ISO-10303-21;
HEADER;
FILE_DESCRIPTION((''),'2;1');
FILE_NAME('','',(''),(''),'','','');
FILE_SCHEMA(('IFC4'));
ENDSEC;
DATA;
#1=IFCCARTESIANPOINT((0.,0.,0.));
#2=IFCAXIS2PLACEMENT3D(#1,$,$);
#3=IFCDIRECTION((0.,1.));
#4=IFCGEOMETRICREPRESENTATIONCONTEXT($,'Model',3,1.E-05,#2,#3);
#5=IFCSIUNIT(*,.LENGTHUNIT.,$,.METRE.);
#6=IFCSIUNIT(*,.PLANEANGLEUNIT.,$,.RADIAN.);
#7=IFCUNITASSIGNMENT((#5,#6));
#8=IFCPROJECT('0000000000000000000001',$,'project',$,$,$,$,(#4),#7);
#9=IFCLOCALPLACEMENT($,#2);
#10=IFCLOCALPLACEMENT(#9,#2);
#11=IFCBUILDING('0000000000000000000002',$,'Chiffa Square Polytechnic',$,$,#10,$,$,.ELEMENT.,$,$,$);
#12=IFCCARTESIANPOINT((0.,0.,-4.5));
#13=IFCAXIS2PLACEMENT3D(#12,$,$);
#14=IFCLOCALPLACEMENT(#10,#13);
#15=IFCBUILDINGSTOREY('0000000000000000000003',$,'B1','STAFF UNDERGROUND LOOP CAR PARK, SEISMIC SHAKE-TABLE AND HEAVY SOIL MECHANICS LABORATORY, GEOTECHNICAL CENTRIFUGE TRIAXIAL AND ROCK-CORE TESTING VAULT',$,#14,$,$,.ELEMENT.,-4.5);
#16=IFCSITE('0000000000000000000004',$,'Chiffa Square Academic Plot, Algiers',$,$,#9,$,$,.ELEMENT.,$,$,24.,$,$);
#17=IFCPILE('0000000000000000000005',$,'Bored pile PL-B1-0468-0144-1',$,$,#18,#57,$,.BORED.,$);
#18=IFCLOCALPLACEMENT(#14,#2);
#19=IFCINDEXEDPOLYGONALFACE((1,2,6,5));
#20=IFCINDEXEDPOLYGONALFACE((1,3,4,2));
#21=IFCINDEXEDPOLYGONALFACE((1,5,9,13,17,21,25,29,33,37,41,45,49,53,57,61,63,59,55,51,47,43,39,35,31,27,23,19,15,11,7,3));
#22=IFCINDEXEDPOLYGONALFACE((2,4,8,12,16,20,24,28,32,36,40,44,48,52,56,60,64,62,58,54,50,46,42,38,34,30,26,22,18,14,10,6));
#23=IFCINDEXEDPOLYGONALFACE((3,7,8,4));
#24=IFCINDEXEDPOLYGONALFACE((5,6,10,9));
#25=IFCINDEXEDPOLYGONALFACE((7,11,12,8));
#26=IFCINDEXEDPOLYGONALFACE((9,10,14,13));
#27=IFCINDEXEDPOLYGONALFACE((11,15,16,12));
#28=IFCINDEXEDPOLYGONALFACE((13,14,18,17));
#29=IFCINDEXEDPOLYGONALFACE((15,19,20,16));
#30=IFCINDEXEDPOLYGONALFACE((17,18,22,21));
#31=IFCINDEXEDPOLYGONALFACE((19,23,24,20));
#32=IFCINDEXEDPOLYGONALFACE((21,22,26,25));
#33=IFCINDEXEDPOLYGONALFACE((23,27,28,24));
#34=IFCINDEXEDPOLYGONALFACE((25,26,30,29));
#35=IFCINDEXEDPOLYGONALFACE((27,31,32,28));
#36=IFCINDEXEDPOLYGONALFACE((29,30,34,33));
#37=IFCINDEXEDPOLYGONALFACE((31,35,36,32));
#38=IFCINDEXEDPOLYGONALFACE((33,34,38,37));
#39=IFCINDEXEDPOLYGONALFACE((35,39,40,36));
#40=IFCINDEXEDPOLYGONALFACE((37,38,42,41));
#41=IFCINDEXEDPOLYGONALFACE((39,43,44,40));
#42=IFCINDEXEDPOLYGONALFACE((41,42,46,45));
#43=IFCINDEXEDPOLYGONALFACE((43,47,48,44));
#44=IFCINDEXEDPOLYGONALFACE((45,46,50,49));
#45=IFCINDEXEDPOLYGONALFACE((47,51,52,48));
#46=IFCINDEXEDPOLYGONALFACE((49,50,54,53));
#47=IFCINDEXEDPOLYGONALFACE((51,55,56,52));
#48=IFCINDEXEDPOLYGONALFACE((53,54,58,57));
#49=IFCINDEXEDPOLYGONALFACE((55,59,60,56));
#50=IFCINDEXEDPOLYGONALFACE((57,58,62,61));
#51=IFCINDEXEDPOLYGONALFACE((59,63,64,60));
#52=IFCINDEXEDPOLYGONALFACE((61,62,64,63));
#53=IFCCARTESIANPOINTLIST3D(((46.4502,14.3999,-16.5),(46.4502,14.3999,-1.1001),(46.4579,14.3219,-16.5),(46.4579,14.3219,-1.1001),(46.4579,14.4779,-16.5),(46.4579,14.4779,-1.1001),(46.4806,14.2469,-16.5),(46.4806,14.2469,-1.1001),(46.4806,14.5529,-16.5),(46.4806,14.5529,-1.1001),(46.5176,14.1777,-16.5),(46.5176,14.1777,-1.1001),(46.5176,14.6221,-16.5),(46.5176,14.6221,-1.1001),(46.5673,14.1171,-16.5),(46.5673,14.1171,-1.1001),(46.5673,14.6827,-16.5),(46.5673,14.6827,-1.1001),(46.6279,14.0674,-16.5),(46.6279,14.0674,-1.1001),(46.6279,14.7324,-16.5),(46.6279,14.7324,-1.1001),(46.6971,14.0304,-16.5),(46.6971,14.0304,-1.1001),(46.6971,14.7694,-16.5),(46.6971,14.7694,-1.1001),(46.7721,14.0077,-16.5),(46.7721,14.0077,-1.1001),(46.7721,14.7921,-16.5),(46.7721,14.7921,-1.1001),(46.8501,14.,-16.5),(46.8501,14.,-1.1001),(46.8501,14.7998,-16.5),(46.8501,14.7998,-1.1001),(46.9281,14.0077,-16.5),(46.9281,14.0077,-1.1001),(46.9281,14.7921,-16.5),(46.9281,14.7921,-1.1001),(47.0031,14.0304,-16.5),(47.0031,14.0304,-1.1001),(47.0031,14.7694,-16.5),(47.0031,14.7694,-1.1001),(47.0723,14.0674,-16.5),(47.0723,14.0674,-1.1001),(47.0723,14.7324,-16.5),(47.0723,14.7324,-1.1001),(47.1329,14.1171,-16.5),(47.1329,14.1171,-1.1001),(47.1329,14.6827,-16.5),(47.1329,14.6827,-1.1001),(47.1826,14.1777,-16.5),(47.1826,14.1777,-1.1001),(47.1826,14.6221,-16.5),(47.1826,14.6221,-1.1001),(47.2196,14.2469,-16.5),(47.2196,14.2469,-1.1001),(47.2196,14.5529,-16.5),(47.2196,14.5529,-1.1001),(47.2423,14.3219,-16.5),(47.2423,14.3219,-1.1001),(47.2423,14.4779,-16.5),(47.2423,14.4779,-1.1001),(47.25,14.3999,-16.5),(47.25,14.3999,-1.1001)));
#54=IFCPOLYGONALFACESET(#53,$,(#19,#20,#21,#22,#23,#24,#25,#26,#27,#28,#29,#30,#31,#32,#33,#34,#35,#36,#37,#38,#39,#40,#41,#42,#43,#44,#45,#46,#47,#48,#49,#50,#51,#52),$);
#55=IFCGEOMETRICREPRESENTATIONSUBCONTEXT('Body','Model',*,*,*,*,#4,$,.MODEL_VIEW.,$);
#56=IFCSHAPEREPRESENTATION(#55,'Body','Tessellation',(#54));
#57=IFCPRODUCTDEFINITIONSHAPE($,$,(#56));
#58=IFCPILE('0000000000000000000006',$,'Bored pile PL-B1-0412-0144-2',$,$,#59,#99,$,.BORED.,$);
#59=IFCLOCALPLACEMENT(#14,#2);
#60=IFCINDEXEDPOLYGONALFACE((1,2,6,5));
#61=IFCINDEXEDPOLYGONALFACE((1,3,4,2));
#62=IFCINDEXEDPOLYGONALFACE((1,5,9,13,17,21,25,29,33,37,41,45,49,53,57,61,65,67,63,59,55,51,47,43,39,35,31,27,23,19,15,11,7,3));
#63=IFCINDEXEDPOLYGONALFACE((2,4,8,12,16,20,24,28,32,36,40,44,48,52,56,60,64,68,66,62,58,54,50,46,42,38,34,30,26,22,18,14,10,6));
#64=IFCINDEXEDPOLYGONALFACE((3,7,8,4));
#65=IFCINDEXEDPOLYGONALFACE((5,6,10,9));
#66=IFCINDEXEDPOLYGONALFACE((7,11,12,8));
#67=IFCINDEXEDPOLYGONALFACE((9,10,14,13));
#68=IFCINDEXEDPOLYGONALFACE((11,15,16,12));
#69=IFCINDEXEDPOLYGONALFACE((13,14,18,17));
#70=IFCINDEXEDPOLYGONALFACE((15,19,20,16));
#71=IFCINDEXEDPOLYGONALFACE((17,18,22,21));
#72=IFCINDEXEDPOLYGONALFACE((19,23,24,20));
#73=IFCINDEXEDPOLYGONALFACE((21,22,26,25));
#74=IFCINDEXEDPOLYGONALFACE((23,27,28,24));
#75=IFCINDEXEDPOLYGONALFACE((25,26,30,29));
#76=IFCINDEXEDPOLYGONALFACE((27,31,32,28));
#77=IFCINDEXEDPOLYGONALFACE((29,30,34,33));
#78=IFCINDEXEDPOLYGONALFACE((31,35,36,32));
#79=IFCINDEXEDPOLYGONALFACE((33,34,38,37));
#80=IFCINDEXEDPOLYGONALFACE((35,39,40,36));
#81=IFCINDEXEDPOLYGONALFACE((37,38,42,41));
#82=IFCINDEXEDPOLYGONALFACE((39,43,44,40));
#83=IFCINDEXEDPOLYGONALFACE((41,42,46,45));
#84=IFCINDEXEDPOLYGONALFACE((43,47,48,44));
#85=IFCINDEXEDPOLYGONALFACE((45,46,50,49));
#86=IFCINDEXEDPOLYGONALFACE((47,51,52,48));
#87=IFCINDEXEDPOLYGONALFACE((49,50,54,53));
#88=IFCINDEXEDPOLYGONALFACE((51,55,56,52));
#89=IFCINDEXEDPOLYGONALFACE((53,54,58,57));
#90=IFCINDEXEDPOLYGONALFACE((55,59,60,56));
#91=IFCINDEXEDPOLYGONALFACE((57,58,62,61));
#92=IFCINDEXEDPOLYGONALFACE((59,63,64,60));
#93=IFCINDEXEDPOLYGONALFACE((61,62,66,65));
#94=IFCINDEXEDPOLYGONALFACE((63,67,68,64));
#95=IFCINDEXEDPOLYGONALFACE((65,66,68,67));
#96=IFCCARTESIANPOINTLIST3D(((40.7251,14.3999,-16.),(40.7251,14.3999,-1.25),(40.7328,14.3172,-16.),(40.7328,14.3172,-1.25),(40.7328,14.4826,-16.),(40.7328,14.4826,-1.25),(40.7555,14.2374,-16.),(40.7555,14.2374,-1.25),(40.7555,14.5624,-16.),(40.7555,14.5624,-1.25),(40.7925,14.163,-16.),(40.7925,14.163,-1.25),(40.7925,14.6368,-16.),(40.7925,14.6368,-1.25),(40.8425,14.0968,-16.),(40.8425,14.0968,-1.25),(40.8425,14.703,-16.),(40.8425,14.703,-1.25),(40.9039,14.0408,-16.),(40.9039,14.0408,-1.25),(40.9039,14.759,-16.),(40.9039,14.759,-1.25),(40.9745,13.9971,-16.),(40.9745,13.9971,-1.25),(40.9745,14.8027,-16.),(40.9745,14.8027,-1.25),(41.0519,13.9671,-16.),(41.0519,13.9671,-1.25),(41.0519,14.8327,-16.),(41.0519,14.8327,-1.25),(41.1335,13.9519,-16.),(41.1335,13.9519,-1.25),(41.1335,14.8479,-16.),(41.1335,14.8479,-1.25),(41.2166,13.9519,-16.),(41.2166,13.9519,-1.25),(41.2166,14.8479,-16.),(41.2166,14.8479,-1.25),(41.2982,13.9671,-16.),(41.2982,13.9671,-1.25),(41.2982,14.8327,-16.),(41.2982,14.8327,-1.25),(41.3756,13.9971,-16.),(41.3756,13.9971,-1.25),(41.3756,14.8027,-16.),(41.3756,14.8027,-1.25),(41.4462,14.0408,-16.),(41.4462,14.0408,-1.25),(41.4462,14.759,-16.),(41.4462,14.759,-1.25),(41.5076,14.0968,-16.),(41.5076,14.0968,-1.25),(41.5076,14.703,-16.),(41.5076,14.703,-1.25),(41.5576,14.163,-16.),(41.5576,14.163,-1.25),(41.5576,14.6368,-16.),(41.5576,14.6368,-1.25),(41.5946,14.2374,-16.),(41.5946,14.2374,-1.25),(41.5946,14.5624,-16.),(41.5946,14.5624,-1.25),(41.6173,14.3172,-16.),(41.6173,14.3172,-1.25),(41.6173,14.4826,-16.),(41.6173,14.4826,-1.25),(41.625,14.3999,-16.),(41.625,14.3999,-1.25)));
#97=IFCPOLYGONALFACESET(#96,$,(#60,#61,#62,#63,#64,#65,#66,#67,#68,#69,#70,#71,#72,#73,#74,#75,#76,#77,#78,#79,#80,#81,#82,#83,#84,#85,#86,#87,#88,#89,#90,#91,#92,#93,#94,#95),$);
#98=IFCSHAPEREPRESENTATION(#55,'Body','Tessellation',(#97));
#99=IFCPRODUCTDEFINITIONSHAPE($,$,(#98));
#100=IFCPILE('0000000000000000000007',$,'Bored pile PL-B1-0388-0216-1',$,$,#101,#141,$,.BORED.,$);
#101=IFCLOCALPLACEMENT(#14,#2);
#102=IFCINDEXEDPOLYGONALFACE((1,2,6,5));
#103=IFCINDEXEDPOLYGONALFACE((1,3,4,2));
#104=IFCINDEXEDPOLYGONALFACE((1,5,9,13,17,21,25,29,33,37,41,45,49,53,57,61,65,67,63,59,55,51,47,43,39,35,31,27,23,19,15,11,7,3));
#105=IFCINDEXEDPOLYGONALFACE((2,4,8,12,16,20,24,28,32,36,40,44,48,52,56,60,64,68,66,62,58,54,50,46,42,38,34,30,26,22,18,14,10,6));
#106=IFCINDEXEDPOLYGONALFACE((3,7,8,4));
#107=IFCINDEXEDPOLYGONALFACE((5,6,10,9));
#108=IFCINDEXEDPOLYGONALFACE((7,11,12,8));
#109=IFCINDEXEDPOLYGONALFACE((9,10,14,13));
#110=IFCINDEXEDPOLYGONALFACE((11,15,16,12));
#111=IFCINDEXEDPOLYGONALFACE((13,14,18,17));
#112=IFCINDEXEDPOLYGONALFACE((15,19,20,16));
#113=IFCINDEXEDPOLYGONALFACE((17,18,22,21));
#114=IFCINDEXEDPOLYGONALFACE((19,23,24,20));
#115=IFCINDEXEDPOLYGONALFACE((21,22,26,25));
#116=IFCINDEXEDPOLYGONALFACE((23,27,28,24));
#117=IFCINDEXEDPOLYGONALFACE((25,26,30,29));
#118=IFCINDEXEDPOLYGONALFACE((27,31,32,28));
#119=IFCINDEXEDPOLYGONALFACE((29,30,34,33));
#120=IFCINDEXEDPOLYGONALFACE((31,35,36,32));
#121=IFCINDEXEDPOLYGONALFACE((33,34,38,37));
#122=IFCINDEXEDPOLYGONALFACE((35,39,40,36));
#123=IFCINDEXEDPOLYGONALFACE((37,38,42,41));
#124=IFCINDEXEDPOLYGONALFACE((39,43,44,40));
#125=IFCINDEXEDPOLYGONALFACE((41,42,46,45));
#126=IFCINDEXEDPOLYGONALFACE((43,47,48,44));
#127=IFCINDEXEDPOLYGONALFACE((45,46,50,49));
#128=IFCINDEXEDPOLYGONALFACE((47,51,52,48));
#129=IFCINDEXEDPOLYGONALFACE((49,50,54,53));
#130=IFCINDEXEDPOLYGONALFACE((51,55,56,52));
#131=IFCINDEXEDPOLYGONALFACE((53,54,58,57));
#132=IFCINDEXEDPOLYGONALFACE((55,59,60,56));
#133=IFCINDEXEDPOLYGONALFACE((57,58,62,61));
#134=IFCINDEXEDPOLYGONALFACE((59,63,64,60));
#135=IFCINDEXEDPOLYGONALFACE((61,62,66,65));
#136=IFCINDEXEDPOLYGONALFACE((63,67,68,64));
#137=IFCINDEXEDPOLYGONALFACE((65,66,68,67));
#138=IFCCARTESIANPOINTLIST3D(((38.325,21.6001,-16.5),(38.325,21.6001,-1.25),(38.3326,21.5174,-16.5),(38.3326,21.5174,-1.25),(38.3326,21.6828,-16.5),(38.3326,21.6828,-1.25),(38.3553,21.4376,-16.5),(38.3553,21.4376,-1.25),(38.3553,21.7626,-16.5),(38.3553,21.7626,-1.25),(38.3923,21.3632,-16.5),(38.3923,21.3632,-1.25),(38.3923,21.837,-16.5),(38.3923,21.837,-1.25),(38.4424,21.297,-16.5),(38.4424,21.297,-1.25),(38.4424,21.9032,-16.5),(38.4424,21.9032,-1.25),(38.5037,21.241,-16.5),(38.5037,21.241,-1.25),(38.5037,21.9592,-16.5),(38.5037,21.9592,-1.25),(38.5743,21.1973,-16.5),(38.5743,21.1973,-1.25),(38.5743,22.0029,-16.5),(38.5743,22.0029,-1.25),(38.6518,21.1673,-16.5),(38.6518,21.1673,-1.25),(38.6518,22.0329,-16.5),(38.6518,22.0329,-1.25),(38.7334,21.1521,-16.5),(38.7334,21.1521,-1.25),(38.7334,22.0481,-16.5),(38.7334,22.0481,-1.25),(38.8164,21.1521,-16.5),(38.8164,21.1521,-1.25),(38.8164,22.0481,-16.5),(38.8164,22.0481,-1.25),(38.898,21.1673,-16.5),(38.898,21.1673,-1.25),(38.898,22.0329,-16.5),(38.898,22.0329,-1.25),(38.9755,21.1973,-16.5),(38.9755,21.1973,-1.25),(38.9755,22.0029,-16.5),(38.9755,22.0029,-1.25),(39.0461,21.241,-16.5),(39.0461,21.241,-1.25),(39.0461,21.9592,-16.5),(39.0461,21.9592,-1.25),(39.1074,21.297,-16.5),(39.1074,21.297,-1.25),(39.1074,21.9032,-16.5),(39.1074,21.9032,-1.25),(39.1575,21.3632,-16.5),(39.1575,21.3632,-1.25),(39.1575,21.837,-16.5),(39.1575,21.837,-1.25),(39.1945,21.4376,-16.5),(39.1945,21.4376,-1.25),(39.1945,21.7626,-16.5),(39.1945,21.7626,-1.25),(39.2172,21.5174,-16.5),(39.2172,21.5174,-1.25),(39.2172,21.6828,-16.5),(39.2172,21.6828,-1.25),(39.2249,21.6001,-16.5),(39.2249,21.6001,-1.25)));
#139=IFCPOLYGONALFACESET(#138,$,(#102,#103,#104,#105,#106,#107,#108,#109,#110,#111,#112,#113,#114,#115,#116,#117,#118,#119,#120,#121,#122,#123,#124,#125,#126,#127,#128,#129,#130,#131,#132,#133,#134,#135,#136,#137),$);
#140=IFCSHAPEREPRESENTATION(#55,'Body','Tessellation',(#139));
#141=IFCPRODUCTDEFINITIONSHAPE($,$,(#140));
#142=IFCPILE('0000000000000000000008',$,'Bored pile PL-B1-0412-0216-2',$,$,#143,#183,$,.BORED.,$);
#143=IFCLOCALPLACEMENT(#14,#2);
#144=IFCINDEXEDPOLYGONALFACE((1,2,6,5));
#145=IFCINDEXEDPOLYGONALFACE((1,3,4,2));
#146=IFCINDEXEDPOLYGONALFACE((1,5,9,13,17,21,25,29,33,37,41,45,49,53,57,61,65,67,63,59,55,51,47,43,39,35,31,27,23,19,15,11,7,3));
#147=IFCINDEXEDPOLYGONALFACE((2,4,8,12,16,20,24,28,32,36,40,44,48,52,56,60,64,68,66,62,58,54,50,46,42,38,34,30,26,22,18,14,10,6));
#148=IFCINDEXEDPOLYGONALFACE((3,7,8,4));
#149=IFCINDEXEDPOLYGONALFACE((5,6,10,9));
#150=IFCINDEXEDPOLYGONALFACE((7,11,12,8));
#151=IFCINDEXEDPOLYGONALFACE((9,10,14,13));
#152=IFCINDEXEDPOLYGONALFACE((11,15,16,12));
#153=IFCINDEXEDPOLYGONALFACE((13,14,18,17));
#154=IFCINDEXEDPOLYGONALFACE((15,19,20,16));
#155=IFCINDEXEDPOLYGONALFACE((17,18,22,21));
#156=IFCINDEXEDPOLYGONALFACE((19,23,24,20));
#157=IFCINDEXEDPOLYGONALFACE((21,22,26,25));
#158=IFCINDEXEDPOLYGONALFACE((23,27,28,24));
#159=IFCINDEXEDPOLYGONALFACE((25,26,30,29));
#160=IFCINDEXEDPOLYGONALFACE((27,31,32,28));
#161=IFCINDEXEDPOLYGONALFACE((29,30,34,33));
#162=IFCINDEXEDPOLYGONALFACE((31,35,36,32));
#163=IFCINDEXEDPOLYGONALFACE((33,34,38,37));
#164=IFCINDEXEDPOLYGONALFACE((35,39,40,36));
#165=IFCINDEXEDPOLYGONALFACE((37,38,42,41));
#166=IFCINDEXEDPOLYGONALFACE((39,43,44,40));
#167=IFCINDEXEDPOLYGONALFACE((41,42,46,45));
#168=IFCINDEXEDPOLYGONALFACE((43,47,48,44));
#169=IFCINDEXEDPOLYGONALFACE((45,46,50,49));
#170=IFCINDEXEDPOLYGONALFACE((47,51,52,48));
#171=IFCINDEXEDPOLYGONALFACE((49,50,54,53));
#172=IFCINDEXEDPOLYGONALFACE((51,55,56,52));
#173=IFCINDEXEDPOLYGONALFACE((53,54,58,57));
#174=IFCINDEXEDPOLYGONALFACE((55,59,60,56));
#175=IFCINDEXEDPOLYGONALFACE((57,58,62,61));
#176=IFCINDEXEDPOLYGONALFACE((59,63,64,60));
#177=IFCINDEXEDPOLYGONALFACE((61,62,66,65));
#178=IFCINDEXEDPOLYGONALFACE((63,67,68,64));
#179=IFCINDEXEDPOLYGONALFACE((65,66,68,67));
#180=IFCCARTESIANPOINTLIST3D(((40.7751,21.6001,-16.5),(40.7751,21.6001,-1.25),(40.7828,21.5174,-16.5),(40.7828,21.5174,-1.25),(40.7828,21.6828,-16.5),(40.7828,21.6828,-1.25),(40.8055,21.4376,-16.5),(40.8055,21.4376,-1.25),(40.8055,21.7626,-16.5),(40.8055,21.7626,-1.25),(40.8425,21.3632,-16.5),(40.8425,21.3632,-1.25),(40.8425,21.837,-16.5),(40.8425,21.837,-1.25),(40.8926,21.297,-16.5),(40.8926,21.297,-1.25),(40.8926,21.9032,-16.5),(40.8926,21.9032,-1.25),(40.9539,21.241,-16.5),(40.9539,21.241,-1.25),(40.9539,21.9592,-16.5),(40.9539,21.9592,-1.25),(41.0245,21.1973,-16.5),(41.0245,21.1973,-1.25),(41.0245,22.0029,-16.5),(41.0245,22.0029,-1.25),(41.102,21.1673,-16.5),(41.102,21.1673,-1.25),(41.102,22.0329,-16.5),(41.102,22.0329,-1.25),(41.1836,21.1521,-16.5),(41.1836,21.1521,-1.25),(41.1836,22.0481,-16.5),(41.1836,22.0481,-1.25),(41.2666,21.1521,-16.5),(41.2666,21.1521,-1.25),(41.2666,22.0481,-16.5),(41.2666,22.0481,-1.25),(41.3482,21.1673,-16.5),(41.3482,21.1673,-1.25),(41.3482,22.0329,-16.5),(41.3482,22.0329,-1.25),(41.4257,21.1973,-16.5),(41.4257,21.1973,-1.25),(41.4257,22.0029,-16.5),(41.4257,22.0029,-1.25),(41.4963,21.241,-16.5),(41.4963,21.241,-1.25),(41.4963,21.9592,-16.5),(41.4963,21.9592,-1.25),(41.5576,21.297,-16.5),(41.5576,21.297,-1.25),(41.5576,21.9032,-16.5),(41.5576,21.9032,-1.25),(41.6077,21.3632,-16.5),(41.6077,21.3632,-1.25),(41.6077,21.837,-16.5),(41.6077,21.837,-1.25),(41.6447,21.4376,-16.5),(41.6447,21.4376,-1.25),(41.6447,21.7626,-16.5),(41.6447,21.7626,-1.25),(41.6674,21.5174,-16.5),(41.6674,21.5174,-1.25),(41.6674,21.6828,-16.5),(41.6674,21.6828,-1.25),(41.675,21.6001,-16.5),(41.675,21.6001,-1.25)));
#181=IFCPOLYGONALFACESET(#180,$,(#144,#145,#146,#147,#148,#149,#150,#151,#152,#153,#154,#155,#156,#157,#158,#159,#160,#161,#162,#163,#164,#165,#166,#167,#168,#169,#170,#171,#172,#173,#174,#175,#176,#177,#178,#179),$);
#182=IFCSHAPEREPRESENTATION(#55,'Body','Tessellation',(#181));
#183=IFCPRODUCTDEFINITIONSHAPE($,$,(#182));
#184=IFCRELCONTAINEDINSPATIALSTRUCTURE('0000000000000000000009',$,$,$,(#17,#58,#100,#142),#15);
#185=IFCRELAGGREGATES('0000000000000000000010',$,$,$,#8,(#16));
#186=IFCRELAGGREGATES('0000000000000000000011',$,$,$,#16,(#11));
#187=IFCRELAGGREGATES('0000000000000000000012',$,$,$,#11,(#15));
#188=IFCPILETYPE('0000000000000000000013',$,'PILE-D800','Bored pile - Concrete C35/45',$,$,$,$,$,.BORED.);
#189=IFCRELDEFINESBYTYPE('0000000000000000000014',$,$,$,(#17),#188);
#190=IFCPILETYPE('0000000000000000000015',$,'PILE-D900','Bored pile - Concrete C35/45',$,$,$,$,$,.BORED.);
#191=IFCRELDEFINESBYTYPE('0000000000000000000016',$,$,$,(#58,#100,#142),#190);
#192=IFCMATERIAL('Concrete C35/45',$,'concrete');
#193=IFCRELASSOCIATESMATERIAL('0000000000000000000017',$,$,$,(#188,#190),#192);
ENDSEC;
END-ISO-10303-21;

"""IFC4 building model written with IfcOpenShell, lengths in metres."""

from ifc_helpers import new_model, si_unit, direction, frame, origin, origin_2d, place, context, subcontext, project, spatial, circle, extrude, material, material_profile, profile_set, type_object, element, save


model = new_model("IFC4")

# Units and contexts
model_context = context("Model", 3, precision=1e-05, world=origin(), true_north=direction((0.0, 1.0)))
body_context = subcontext(model_context, "Body", "Model", "MODEL_VIEW")
ifc_project = project(units=[si_unit("LENGTHUNIT", "METRE"), si_unit("PLANEANGLEUNIT", "RADIAN")], contexts=[model_context])

# Site, building, storey
site_placement = place(None, origin())
site = spatial("IfcSite", under=ifc_project, at=site_placement, Name="Chiffa Square Academic Plot, Algiers", CompositionType="ELEMENT", RefElevation=24.0)
building_placement = place(site_placement, origin())
building = spatial("IfcBuilding", under=site, at=building_placement, Name="Chiffa Square Polytechnic", CompositionType="ELEMENT")
storey_placement = place(building_placement, frame((0.0, 0.0, -4.5)))
storey = spatial("IfcBuildingStorey", under=building, at=storey_placement, Name="B1", Description="STAFF UNDERGROUND LOOP CAR PARK, SEISMIC SHAKE-TABLE AND HEAVY SOIL MECHANICS LABORATORY, GEOTECHNICAL CENTRIFUGE TRIAXIAL AND ROCK-CORE TESTING VAULT", CompositionType="ELEMENT", Elevation=-4.5)

# Shared definitions
ifc_material_1 = material(Name="Concrete C35/45", Category="concrete")

# Piles
ifc_material_profile_1 = material_profile(ifc_material_1, circle(Radius=0.3999, at=origin_2d()), Name="PILE D800")
ifc_profile_set_1 = profile_set([ifc_material_profile_1], Name="Concrete C35/45")
pile_type_1 = type_object("IfcPileType", Name="PILE-D800", Description="Bored pile - Concrete C35/45", PredefinedType="BORED", material=ifc_profile_set_1)
pile_1_placement = place(storey_placement, frame((46.8501, 14.3999, -1.1001), z_axis=(0.0, 0.0, -1.0), x_axis=(1.0, 0.0, 0.0)))
element("IfcPile", 1, at=pile_1_placement, inside=storey, type_object=pile_type_1, Name="Bored pile PL-B1-0468-0144-1", PredefinedType="BORED", context=body_context, shape_type="SweptSolid", body=[
    extrude(circle(Radius=0.3999, at=origin_2d()), origin(), (0.0, 0.0, 1.0), 15.3999),
])
ifc_material_profile_2 = material_profile(ifc_material_1, circle(Radius=0.45, at=origin_2d()), Name="PILE D900")
ifc_profile_set_2 = profile_set([ifc_material_profile_2], Name="Concrete C35/45")
pile_type_2 = type_object("IfcPileType", Name="PILE-D900", Description="Bored pile - Concrete C35/45", PredefinedType="BORED", material=ifc_profile_set_2)
pile_2_placement = place(storey_placement, frame((41.175, 14.3999, -1.25), z_axis=(0.0, 0.0, -1.0), x_axis=(1.0, 0.0, 0.0)))
element("IfcPile", 2, at=pile_2_placement, inside=storey, type_object=pile_type_2, Name="Bored pile PL-B1-0412-0144-2", PredefinedType="BORED", context=body_context, shape_type="SweptSolid", body=[
    extrude(circle(Radius=0.45, at=origin_2d()), origin(), (0.0, 0.0, 1.0), 14.75),
])
for number, where, z_axis, x_axis, name in (
    (3, (38.7749, 21.6001, -1.25), (0.0, 0.0, -1.0), (1.0, 0.0, 0.0), "Bored pile PL-B1-0388-0216-1"),
    (4, (41.2251, 21.6001, -1.25), (0.0, 0.0, -1.0), (1.0, 0.0, 0.0), "Bored pile PL-B1-0412-0216-2"),
):
    element("IfcPile", number, at=place(storey_placement, frame(where, z_axis=z_axis, x_axis=x_axis)), inside=storey, type_object=pile_type_2, Name=name, PredefinedType="BORED", context=body_context, shape_type="SweptSolid", body=[
        extrude(circle(Radius=0.45, at=origin_2d()), origin(), (0.0, 0.0, 1.0), 15.25),
    ])

save(model, "model.ifc")
